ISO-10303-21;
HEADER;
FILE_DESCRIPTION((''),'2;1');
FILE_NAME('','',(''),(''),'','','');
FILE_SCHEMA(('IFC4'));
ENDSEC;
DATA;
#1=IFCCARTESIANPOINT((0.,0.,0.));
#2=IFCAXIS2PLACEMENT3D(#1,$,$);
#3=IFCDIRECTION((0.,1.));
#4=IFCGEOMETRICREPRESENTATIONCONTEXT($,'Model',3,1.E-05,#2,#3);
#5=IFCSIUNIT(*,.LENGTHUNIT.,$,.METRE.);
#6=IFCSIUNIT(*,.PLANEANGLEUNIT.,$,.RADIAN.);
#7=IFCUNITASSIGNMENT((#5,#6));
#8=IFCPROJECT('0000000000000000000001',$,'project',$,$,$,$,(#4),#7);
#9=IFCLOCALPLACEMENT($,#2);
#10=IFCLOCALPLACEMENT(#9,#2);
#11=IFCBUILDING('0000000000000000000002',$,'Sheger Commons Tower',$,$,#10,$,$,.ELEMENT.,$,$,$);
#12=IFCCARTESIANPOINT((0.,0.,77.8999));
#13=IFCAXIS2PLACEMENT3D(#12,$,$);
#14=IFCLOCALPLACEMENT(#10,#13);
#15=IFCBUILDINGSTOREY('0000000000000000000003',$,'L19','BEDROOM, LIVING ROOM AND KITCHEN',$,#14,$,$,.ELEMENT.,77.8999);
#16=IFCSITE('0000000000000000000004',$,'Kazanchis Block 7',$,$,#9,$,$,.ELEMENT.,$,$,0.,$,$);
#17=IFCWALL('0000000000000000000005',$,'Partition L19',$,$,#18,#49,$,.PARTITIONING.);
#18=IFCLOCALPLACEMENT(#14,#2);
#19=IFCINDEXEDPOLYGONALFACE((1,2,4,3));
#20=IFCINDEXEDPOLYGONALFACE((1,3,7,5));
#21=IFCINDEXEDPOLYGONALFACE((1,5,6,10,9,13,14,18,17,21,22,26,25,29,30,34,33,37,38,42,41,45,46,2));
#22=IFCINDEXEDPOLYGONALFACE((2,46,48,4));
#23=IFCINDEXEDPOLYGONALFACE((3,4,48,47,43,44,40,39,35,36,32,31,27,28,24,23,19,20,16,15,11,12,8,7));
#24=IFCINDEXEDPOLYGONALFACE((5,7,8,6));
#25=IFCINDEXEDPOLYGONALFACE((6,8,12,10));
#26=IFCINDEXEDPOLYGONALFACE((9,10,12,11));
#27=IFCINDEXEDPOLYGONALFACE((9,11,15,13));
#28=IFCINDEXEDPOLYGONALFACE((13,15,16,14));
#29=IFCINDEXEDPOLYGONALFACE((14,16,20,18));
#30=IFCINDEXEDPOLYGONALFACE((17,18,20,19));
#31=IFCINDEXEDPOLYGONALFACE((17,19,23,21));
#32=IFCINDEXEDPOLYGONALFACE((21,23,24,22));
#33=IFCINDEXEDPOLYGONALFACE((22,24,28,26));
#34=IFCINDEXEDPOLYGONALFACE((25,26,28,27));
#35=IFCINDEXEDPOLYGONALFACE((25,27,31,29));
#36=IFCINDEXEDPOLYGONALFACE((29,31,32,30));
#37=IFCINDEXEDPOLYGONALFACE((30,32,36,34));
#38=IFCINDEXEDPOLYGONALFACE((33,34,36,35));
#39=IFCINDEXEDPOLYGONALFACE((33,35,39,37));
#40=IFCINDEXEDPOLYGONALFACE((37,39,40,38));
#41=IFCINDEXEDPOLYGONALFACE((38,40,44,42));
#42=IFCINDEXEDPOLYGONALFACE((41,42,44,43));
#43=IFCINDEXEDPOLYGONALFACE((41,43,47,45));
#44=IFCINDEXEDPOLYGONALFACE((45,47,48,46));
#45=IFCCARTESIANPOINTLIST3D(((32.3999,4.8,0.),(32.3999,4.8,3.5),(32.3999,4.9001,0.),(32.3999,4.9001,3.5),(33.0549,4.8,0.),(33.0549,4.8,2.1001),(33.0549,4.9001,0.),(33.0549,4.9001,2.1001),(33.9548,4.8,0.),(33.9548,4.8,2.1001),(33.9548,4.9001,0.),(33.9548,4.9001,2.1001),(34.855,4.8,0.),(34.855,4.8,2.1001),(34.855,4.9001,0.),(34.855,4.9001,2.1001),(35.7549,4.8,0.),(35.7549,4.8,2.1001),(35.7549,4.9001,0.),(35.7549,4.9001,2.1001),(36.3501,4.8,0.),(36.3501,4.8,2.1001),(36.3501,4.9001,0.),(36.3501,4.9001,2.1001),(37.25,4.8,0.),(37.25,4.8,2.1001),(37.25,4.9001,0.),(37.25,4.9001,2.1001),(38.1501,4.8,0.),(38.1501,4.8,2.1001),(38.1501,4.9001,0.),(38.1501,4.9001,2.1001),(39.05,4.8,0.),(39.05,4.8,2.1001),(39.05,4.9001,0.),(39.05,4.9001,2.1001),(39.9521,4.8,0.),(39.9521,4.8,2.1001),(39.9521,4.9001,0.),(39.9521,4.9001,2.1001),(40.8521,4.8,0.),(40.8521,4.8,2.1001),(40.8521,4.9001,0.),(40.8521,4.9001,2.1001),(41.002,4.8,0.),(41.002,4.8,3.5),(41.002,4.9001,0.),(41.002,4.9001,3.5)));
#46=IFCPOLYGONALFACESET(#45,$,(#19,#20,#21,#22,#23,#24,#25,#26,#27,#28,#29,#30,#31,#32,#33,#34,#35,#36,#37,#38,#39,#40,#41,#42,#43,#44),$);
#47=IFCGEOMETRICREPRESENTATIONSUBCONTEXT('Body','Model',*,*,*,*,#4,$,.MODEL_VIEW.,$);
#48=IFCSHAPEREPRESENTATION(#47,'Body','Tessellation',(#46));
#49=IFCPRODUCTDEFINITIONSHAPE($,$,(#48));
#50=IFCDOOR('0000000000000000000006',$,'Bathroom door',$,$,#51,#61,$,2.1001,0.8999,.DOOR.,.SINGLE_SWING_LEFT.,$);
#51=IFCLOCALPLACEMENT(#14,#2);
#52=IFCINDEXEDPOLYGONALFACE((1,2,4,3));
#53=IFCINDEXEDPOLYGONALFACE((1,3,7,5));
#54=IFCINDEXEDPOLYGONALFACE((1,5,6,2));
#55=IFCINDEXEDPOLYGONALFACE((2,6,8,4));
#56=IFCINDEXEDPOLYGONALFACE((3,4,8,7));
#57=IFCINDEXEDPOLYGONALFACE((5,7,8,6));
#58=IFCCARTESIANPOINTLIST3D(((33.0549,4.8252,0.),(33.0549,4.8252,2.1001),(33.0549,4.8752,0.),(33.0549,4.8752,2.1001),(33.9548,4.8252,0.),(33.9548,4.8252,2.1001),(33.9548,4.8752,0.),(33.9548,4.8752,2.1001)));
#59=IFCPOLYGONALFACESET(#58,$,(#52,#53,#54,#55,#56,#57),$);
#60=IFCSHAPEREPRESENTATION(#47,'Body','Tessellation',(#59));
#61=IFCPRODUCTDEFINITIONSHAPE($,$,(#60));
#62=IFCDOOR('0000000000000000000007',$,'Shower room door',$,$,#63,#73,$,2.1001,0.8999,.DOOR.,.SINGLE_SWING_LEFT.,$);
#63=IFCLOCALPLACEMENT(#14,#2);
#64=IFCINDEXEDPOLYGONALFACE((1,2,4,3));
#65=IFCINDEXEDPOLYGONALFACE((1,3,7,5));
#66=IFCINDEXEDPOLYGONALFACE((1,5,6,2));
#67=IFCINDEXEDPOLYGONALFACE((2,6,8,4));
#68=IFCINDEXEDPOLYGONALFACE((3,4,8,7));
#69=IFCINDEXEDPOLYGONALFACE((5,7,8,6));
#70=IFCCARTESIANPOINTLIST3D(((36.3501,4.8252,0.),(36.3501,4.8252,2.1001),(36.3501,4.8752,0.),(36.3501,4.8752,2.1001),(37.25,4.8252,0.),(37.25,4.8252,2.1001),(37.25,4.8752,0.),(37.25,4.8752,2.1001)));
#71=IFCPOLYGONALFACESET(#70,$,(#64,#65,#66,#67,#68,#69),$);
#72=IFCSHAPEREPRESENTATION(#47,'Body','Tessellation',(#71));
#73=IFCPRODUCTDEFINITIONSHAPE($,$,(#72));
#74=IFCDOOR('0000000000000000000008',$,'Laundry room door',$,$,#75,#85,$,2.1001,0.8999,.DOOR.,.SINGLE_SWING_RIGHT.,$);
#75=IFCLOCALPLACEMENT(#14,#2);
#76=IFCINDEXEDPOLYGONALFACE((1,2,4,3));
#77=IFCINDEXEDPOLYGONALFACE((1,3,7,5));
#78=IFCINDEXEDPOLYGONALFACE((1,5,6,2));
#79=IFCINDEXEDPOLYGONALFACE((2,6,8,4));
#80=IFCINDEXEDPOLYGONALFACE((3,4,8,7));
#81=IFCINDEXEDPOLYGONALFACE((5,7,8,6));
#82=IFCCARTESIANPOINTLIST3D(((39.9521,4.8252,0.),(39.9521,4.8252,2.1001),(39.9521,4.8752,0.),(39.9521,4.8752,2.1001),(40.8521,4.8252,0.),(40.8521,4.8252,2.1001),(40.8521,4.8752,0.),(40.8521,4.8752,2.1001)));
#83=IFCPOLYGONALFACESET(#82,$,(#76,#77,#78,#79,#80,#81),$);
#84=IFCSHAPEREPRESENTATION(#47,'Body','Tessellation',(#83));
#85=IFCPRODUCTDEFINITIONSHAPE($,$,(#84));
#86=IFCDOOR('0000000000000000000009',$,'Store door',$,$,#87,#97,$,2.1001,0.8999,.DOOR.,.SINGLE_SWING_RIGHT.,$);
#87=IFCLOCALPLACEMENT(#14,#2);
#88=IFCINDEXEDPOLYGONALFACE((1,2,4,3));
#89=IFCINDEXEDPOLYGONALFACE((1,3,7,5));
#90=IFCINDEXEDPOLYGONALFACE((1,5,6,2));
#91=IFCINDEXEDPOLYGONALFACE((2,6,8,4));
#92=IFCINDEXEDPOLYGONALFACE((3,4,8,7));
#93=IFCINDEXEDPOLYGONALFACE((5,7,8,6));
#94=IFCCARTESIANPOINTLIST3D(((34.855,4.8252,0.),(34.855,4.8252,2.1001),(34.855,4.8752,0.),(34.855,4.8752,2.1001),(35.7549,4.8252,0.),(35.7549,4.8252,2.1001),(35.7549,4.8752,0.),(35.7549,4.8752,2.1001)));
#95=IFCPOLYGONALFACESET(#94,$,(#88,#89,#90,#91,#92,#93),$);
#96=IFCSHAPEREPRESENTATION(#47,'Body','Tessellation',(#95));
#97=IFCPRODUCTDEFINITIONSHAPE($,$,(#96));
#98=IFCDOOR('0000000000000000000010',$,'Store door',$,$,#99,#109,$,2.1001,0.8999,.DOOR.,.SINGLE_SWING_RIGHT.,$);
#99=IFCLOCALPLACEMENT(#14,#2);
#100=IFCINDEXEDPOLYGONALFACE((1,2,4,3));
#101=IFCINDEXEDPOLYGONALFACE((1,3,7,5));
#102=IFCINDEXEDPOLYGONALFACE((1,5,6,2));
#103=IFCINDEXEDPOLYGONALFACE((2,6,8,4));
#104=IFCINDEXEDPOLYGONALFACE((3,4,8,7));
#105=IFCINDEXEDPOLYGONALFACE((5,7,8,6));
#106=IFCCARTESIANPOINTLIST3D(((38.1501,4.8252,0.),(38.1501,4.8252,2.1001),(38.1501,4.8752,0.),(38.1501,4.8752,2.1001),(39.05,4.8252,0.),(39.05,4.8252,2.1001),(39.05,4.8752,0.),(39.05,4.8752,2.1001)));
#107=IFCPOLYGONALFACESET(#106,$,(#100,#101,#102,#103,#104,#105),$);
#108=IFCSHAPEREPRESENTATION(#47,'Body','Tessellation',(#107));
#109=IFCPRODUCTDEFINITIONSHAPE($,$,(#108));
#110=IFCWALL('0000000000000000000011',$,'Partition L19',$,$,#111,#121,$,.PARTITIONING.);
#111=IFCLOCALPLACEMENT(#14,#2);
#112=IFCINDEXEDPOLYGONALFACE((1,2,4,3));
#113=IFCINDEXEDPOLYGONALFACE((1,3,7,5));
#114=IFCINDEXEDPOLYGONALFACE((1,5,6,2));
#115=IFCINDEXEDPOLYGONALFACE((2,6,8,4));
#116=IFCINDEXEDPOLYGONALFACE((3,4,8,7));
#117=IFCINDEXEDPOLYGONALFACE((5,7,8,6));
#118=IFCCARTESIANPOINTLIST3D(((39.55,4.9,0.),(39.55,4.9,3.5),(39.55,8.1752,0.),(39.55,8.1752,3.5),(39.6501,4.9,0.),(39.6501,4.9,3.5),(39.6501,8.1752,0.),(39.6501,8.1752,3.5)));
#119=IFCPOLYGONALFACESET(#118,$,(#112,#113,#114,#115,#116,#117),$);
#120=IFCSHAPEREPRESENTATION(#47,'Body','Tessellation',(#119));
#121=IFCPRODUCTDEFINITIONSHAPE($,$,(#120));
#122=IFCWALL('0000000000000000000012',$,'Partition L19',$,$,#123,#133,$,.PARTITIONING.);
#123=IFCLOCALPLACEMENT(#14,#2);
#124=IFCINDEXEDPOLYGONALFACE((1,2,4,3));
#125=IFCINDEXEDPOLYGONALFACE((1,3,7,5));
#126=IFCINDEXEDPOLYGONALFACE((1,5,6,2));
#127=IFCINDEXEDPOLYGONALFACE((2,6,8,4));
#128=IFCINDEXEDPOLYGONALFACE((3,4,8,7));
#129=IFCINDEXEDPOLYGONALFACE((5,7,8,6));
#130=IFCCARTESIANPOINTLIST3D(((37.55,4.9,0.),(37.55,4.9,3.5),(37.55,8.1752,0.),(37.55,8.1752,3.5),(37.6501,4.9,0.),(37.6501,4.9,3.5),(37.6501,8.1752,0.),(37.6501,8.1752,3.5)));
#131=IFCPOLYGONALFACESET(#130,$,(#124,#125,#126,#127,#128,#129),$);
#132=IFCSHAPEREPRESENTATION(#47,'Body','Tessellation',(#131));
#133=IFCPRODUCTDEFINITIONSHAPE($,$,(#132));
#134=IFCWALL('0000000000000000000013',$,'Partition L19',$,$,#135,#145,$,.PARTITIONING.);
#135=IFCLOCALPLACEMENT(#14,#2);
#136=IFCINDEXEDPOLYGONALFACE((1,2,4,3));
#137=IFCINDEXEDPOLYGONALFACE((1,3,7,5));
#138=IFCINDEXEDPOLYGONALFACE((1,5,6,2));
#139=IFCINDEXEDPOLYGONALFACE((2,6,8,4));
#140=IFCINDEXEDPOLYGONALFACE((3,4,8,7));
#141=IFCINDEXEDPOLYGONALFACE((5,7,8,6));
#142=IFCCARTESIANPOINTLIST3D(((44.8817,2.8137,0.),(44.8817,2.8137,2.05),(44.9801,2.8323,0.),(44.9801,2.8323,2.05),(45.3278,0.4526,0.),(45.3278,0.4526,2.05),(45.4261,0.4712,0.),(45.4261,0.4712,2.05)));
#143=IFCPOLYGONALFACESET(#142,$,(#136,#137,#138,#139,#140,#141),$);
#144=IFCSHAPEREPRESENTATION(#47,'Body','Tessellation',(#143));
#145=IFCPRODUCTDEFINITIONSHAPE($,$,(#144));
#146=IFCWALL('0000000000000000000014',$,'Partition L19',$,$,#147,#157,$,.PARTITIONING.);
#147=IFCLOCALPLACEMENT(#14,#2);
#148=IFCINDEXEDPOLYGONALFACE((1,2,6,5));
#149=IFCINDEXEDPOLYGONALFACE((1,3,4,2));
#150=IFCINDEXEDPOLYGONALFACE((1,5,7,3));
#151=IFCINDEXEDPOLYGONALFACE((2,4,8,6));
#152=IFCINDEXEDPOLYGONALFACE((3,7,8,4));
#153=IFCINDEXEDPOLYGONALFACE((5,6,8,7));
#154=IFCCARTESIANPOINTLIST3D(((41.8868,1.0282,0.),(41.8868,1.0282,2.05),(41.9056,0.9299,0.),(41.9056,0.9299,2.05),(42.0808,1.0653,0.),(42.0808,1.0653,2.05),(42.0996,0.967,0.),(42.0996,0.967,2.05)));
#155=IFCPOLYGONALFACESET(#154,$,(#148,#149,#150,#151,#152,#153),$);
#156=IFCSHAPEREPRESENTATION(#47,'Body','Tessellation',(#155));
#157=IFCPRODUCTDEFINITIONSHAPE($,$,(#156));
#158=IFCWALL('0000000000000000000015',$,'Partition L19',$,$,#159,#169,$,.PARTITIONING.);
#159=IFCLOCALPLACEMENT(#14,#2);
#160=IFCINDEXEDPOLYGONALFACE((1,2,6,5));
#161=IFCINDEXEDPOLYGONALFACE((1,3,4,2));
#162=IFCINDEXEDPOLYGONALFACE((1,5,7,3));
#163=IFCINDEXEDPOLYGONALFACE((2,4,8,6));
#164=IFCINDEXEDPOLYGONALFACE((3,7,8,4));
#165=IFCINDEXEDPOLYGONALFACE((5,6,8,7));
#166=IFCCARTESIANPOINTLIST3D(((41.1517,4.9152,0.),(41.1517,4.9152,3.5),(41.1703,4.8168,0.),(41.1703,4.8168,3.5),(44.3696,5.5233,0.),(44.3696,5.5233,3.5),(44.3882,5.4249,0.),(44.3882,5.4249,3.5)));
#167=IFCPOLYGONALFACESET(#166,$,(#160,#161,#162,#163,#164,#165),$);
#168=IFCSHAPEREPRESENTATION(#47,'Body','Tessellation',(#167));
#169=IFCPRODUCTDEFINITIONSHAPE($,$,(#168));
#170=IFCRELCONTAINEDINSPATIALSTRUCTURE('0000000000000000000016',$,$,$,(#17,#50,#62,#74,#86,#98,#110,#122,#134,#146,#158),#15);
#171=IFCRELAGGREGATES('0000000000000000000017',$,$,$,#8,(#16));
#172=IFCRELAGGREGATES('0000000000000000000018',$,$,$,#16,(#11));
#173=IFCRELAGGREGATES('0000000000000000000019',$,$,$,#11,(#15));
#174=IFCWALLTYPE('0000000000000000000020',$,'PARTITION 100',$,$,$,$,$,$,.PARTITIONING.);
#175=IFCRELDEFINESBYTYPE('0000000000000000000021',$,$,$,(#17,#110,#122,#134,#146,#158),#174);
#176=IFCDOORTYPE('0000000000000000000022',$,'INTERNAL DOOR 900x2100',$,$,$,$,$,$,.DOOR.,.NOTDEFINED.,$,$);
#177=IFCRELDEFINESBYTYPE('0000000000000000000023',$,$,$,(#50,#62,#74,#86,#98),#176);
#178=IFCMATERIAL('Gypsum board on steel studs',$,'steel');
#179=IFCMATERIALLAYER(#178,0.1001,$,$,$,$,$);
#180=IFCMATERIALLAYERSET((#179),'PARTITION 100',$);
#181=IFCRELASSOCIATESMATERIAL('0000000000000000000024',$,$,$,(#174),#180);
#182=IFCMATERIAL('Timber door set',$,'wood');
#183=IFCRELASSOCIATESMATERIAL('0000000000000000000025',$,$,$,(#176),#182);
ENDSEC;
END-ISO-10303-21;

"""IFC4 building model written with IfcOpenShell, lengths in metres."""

from ifc_helpers import new_model, si_unit, direction, frame, frame_2d, origin, place, context, subcontext, project, spatial, rectangle, extrude, material, layer, layer_set, type_object, element, fill, save


model = new_model("IFC4")

# Units and contexts
model_context = context("Model", 3, precision=1e-05, world=origin(), true_north=direction((0.0, 1.0)))
body_context = subcontext(model_context, "Body", "Model", "MODEL_VIEW")
ifc_project = project(units=[si_unit("LENGTHUNIT", "METRE"), si_unit("PLANEANGLEUNIT", "RADIAN")], contexts=[model_context])

# Site, building, storey
site_placement = place(None, origin())
site = spatial("IfcSite", under=ifc_project, at=site_placement, Name="Kazanchis Block 7", CompositionType="ELEMENT", RefElevation=0.0)
building_placement = place(site_placement, origin())
building = spatial("IfcBuilding", under=site, at=building_placement, Name="Sheger Commons Tower", CompositionType="ELEMENT")
storey_placement = place(building_placement, frame((0.0, 0.0, 77.8999)))
storey = spatial("IfcBuildingStorey", under=building, at=storey_placement, Name="L19", Description="BEDROOM, LIVING ROOM AND KITCHEN", CompositionType="ELEMENT", Elevation=77.8999)

# Wall, openings, doors
ifc_material_1 = material(Name="Gypsum board on steel studs", Category="steel")
ifc_layer_1 = layer(ifc_material_1, 0.1001)
ifc_layer_set_1 = layer_set([ifc_layer_1], Name="PARTITION 100")
wall_type = type_object("IfcWallType", Name="PARTITION 100", PredefinedType="PARTITIONING", material=ifc_layer_set_1)
ifc_material_2 = material(Name="Timber door set", Category="wood")
door_type = type_object("IfcDoorType", Name="INTERNAL DOOR 900x2100", OperationType="NOTDEFINED", PredefinedType="DOOR", material=ifc_material_2)
wall_1_placement = place(storey_placement, frame((41.002, 4.8501, 0.0), z_axis=(0.0, 0.0, 1.0), x_axis=(-1.0, 0.0, 0.0)))
wall_1 = element("IfcWall", 1, at=wall_1_placement, inside=storey, type_object=wall_type, Name="Partition L19", PredefinedType="PARTITIONING", context=body_context, shape_type="SweptSolid", body=[
    extrude(rectangle(XDim=8.6021, YDim=0.1001, at=frame_2d((4.301, 0.0))), origin(), (0.0, 0.0, 1.0), 3.5),
])
opening_1_placement = place(wall_1_placement, frame((7.0471, 0.0, 0.0)))
opening_1 = element("IfcOpeningElement", 2, at=opening_1_placement, cuts=wall_1, PredefinedType="OPENING", context=body_context, shape_type="SweptSolid", body=[
    extrude(rectangle(XDim=0.8999, YDim=2.1001, at=frame_2d((0.45, 1.05))), frame((0.0, 0.0601, 0.0), z_axis=(0.0, -1.0, 0.0), x_axis=(1.0, 0.0, 0.0)), (0.0, 0.0, 1.0), 0.1201),
])
opening_2_placement = place(wall_1_placement, frame((3.752, 0.0, 0.0)))
opening_2 = element("IfcOpeningElement", 3, at=opening_2_placement, cuts=wall_1, PredefinedType="OPENING", context=body_context, shape_type="SweptSolid", body=[
    extrude(rectangle(XDim=0.8999, YDim=2.1001, at=frame_2d((0.45, 1.05))), frame((0.0, 0.0601, 0.0), z_axis=(0.0, -1.0, 0.0), x_axis=(1.0, 0.0, 0.0)), (0.0, 0.0, 1.0), 0.1201),
])
opening_3_placement = place(wall_1_placement, frame((0.1499, 0.0, 0.0)))
opening_3 = element("IfcOpeningElement", 4, at=opening_3_placement, cuts=wall_1, PredefinedType="OPENING", context=body_context, shape_type="SweptSolid", body=[
    extrude(rectangle(XDim=0.8999, YDim=2.1001, at=frame_2d((0.45, 1.05))), frame((0.0, 0.0601, 0.0), z_axis=(0.0, -1.0, 0.0), x_axis=(1.0, 0.0, 0.0)), (0.0, 0.0, 1.0), 0.1201),
])
opening_4_placement = place(wall_1_placement, frame((5.2471, 0.0, 0.0)))
opening_4 = element("IfcOpeningElement", 5, at=opening_4_placement, cuts=wall_1, PredefinedType="OPENING", context=body_context, shape_type="SweptSolid", body=[
    extrude(rectangle(XDim=0.8999, YDim=2.1001, at=frame_2d((0.45, 1.05))), frame((0.0, 0.0601, 0.0), z_axis=(0.0, -1.0, 0.0), x_axis=(1.0, 0.0, 0.0)), (0.0, 0.0, 1.0), 0.1201),
])
opening_5_placement = place(wall_1_placement, frame((1.9519, 0.0, 0.0)))
opening_5 = element("IfcOpeningElement", 6, at=opening_5_placement, cuts=wall_1, PredefinedType="OPENING", context=body_context, shape_type="SweptSolid", body=[
    extrude(rectangle(XDim=0.8999, YDim=2.1001, at=frame_2d((0.45, 1.05))), frame((0.0, 0.0601, 0.0), z_axis=(0.0, -1.0, 0.0), x_axis=(1.0, 0.0, 0.0)), (0.0, 0.0, 1.0), 0.1201),
])
door_1_placement = place(opening_1_placement, origin())
door_1 = element("IfcDoor", 7, at=door_1_placement, inside=storey, type_object=door_type, Name="Bathroom door", OperationType="SINGLE_SWING_LEFT", OverallHeight=2.1001, OverallWidth=0.8999, PredefinedType="DOOR", context=body_context, shape_type="SweptSolid", body=[
    extrude(rectangle(XDim=0.8999, YDim=2.1001, at=frame_2d((0.45, 1.05))), frame((0.0, 0.0249, 0.0), z_axis=(0.0, -1.0, 0.0), x_axis=(1.0, 0.0, 0.0)), (0.0, 0.0, 1.0), 0.05),
])
fill(opening_1, door_1)
door_2_placement = place(opening_2_placement, origin())
door_2 = element("IfcDoor", 8, at=door_2_placement, inside=storey, type_object=door_type, Name="Shower room door", OperationType="SINGLE_SWING_LEFT", OverallHeight=2.1001, OverallWidth=0.8999, PredefinedType="DOOR", context=body_context, shape_type="SweptSolid", body=[
    extrude(rectangle(XDim=0.8999, YDim=2.1001, at=frame_2d((0.45, 1.05))), frame((0.0, 0.0249, 0.0), z_axis=(0.0, -1.0, 0.0), x_axis=(1.0, 0.0, 0.0)), (0.0, 0.0, 1.0), 0.05),
])
fill(opening_2, door_2)
door_3_placement = place(opening_3_placement, origin())
door_3 = element("IfcDoor", 9, at=door_3_placement, inside=storey, type_object=door_type, Name="Laundry room door", OperationType="SINGLE_SWING_RIGHT", OverallHeight=2.1001, OverallWidth=0.8999, PredefinedType="DOOR", context=body_context, shape_type="SweptSolid", body=[
    extrude(rectangle(XDim=0.8999, YDim=2.1001, at=frame_2d((0.45, 1.05))), frame((0.0, 0.0249, 0.0), z_axis=(0.0, -1.0, 0.0), x_axis=(1.0, 0.0, 0.0)), (0.0, 0.0, 1.0), 0.05),
])
fill(opening_3, door_3)
door_4_placement = place(opening_4_placement, origin())
door_4 = element("IfcDoor", 10, at=door_4_placement, inside=storey, type_object=door_type, Name="Store door", OperationType="SINGLE_SWING_RIGHT", OverallHeight=2.1001, OverallWidth=0.8999, PredefinedType="DOOR", context=body_context, shape_type="SweptSolid", body=[
    extrude(rectangle(XDim=0.8999, YDim=2.1001, at=frame_2d((0.45, 1.05))), frame((0.0, 0.0249, 0.0), z_axis=(0.0, -1.0, 0.0), x_axis=(1.0, 0.0, 0.0)), (0.0, 0.0, 1.0), 0.05),
])
fill(opening_4, door_4)
door_5_placement = place(opening_5_placement, origin())
door_5 = element("IfcDoor", 11, at=door_5_placement, inside=storey, type_object=door_type, Name="Store door", OperationType="SINGLE_SWING_RIGHT", OverallHeight=2.1001, OverallWidth=0.8999, PredefinedType="DOOR", context=body_context, shape_type="SweptSolid", body=[
    extrude(rectangle(XDim=0.8999, YDim=2.1001, at=frame_2d((0.45, 1.05))), frame((0.0, 0.0249, 0.0), z_axis=(0.0, -1.0, 0.0), x_axis=(1.0, 0.0, 0.0)), (0.0, 0.0, 1.0), 0.05),
])
fill(opening_5, door_5)

# Walls
for number, where, z_axis, x_axis, name in (
    (12, (39.6001, 4.8999, 0.0), (0.0, 0.0, 1.0), (0.0, 1.0, 0.0), "Partition L19"),
    (13, (37.6001, 4.8999, 0.0), (0.0, 0.0, 1.0), (0.0, 1.0, 0.0), "Partition L19"),
):
    element("IfcWall", number, at=place(storey_placement, frame(where, z_axis=z_axis, x_axis=x_axis)), inside=storey, type_object=wall_type, Name=name, PredefinedType="PARTITIONING", context=body_context, shape_type="SweptSolid", body=[
        extrude(rectangle(XDim=3.2751, YDim=0.1001, at=frame_2d((1.6377, 0.0))), origin(), (0.0, 0.0, 1.0), 3.5),
    ])
wall_2_placement = place(storey_placement, frame((44.9309, 2.823, 0.0), z_axis=(0.0, 0.0, 1.0), x_axis=(0.185632, -0.982619, 0.0)))
element("IfcWall", 14, at=wall_2_placement, inside=storey, type_object=wall_type, Name="Partition L19", PredefinedType="PARTITIONING", context=body_context, shape_type="SweptSolid", body=[
    extrude(rectangle(XDim=2.4028, YDim=0.1001, at=frame_2d((1.2014, 0.0))), origin(), (0.0, 0.0, 1.0), 2.05),
])
wall_3_placement = place(storey_placement, frame((42.0901, 1.0161, 0.0), z_axis=(0.0, 0.0, 1.0), x_axis=(-0.982209, -0.187793, 0.0)))
element("IfcWall", 15, at=wall_3_placement, inside=storey, type_object=wall_type, Name="Partition L19", PredefinedType="PARTITIONING", context=body_context, shape_type="SweptSolid", body=[
    extrude(rectangle(XDim=0.1975, YDim=0.1001, at=frame_2d((0.0986, 0.0))), origin(), (0.0, 0.0, 1.0), 2.05),
])
wall_4_placement = place(storey_placement, frame((44.3789, 5.4741, 0.0), z_axis=(0.0, 0.0, 1.0), x_axis=(-0.982607, -0.185697, 0.0)))
element("IfcWall", 16, at=wall_4_placement, inside=storey, type_object=wall_type, Name="Partition L19", PredefinedType="PARTITIONING", context=body_context, shape_type="SweptSolid", body=[
    extrude(rectangle(XDim=3.2749, YDim=0.1001, at=frame_2d((1.6375, 0.0))), origin(), (0.0, 0.0, 1.0), 3.5),
])

save(model, "model.ifc")
